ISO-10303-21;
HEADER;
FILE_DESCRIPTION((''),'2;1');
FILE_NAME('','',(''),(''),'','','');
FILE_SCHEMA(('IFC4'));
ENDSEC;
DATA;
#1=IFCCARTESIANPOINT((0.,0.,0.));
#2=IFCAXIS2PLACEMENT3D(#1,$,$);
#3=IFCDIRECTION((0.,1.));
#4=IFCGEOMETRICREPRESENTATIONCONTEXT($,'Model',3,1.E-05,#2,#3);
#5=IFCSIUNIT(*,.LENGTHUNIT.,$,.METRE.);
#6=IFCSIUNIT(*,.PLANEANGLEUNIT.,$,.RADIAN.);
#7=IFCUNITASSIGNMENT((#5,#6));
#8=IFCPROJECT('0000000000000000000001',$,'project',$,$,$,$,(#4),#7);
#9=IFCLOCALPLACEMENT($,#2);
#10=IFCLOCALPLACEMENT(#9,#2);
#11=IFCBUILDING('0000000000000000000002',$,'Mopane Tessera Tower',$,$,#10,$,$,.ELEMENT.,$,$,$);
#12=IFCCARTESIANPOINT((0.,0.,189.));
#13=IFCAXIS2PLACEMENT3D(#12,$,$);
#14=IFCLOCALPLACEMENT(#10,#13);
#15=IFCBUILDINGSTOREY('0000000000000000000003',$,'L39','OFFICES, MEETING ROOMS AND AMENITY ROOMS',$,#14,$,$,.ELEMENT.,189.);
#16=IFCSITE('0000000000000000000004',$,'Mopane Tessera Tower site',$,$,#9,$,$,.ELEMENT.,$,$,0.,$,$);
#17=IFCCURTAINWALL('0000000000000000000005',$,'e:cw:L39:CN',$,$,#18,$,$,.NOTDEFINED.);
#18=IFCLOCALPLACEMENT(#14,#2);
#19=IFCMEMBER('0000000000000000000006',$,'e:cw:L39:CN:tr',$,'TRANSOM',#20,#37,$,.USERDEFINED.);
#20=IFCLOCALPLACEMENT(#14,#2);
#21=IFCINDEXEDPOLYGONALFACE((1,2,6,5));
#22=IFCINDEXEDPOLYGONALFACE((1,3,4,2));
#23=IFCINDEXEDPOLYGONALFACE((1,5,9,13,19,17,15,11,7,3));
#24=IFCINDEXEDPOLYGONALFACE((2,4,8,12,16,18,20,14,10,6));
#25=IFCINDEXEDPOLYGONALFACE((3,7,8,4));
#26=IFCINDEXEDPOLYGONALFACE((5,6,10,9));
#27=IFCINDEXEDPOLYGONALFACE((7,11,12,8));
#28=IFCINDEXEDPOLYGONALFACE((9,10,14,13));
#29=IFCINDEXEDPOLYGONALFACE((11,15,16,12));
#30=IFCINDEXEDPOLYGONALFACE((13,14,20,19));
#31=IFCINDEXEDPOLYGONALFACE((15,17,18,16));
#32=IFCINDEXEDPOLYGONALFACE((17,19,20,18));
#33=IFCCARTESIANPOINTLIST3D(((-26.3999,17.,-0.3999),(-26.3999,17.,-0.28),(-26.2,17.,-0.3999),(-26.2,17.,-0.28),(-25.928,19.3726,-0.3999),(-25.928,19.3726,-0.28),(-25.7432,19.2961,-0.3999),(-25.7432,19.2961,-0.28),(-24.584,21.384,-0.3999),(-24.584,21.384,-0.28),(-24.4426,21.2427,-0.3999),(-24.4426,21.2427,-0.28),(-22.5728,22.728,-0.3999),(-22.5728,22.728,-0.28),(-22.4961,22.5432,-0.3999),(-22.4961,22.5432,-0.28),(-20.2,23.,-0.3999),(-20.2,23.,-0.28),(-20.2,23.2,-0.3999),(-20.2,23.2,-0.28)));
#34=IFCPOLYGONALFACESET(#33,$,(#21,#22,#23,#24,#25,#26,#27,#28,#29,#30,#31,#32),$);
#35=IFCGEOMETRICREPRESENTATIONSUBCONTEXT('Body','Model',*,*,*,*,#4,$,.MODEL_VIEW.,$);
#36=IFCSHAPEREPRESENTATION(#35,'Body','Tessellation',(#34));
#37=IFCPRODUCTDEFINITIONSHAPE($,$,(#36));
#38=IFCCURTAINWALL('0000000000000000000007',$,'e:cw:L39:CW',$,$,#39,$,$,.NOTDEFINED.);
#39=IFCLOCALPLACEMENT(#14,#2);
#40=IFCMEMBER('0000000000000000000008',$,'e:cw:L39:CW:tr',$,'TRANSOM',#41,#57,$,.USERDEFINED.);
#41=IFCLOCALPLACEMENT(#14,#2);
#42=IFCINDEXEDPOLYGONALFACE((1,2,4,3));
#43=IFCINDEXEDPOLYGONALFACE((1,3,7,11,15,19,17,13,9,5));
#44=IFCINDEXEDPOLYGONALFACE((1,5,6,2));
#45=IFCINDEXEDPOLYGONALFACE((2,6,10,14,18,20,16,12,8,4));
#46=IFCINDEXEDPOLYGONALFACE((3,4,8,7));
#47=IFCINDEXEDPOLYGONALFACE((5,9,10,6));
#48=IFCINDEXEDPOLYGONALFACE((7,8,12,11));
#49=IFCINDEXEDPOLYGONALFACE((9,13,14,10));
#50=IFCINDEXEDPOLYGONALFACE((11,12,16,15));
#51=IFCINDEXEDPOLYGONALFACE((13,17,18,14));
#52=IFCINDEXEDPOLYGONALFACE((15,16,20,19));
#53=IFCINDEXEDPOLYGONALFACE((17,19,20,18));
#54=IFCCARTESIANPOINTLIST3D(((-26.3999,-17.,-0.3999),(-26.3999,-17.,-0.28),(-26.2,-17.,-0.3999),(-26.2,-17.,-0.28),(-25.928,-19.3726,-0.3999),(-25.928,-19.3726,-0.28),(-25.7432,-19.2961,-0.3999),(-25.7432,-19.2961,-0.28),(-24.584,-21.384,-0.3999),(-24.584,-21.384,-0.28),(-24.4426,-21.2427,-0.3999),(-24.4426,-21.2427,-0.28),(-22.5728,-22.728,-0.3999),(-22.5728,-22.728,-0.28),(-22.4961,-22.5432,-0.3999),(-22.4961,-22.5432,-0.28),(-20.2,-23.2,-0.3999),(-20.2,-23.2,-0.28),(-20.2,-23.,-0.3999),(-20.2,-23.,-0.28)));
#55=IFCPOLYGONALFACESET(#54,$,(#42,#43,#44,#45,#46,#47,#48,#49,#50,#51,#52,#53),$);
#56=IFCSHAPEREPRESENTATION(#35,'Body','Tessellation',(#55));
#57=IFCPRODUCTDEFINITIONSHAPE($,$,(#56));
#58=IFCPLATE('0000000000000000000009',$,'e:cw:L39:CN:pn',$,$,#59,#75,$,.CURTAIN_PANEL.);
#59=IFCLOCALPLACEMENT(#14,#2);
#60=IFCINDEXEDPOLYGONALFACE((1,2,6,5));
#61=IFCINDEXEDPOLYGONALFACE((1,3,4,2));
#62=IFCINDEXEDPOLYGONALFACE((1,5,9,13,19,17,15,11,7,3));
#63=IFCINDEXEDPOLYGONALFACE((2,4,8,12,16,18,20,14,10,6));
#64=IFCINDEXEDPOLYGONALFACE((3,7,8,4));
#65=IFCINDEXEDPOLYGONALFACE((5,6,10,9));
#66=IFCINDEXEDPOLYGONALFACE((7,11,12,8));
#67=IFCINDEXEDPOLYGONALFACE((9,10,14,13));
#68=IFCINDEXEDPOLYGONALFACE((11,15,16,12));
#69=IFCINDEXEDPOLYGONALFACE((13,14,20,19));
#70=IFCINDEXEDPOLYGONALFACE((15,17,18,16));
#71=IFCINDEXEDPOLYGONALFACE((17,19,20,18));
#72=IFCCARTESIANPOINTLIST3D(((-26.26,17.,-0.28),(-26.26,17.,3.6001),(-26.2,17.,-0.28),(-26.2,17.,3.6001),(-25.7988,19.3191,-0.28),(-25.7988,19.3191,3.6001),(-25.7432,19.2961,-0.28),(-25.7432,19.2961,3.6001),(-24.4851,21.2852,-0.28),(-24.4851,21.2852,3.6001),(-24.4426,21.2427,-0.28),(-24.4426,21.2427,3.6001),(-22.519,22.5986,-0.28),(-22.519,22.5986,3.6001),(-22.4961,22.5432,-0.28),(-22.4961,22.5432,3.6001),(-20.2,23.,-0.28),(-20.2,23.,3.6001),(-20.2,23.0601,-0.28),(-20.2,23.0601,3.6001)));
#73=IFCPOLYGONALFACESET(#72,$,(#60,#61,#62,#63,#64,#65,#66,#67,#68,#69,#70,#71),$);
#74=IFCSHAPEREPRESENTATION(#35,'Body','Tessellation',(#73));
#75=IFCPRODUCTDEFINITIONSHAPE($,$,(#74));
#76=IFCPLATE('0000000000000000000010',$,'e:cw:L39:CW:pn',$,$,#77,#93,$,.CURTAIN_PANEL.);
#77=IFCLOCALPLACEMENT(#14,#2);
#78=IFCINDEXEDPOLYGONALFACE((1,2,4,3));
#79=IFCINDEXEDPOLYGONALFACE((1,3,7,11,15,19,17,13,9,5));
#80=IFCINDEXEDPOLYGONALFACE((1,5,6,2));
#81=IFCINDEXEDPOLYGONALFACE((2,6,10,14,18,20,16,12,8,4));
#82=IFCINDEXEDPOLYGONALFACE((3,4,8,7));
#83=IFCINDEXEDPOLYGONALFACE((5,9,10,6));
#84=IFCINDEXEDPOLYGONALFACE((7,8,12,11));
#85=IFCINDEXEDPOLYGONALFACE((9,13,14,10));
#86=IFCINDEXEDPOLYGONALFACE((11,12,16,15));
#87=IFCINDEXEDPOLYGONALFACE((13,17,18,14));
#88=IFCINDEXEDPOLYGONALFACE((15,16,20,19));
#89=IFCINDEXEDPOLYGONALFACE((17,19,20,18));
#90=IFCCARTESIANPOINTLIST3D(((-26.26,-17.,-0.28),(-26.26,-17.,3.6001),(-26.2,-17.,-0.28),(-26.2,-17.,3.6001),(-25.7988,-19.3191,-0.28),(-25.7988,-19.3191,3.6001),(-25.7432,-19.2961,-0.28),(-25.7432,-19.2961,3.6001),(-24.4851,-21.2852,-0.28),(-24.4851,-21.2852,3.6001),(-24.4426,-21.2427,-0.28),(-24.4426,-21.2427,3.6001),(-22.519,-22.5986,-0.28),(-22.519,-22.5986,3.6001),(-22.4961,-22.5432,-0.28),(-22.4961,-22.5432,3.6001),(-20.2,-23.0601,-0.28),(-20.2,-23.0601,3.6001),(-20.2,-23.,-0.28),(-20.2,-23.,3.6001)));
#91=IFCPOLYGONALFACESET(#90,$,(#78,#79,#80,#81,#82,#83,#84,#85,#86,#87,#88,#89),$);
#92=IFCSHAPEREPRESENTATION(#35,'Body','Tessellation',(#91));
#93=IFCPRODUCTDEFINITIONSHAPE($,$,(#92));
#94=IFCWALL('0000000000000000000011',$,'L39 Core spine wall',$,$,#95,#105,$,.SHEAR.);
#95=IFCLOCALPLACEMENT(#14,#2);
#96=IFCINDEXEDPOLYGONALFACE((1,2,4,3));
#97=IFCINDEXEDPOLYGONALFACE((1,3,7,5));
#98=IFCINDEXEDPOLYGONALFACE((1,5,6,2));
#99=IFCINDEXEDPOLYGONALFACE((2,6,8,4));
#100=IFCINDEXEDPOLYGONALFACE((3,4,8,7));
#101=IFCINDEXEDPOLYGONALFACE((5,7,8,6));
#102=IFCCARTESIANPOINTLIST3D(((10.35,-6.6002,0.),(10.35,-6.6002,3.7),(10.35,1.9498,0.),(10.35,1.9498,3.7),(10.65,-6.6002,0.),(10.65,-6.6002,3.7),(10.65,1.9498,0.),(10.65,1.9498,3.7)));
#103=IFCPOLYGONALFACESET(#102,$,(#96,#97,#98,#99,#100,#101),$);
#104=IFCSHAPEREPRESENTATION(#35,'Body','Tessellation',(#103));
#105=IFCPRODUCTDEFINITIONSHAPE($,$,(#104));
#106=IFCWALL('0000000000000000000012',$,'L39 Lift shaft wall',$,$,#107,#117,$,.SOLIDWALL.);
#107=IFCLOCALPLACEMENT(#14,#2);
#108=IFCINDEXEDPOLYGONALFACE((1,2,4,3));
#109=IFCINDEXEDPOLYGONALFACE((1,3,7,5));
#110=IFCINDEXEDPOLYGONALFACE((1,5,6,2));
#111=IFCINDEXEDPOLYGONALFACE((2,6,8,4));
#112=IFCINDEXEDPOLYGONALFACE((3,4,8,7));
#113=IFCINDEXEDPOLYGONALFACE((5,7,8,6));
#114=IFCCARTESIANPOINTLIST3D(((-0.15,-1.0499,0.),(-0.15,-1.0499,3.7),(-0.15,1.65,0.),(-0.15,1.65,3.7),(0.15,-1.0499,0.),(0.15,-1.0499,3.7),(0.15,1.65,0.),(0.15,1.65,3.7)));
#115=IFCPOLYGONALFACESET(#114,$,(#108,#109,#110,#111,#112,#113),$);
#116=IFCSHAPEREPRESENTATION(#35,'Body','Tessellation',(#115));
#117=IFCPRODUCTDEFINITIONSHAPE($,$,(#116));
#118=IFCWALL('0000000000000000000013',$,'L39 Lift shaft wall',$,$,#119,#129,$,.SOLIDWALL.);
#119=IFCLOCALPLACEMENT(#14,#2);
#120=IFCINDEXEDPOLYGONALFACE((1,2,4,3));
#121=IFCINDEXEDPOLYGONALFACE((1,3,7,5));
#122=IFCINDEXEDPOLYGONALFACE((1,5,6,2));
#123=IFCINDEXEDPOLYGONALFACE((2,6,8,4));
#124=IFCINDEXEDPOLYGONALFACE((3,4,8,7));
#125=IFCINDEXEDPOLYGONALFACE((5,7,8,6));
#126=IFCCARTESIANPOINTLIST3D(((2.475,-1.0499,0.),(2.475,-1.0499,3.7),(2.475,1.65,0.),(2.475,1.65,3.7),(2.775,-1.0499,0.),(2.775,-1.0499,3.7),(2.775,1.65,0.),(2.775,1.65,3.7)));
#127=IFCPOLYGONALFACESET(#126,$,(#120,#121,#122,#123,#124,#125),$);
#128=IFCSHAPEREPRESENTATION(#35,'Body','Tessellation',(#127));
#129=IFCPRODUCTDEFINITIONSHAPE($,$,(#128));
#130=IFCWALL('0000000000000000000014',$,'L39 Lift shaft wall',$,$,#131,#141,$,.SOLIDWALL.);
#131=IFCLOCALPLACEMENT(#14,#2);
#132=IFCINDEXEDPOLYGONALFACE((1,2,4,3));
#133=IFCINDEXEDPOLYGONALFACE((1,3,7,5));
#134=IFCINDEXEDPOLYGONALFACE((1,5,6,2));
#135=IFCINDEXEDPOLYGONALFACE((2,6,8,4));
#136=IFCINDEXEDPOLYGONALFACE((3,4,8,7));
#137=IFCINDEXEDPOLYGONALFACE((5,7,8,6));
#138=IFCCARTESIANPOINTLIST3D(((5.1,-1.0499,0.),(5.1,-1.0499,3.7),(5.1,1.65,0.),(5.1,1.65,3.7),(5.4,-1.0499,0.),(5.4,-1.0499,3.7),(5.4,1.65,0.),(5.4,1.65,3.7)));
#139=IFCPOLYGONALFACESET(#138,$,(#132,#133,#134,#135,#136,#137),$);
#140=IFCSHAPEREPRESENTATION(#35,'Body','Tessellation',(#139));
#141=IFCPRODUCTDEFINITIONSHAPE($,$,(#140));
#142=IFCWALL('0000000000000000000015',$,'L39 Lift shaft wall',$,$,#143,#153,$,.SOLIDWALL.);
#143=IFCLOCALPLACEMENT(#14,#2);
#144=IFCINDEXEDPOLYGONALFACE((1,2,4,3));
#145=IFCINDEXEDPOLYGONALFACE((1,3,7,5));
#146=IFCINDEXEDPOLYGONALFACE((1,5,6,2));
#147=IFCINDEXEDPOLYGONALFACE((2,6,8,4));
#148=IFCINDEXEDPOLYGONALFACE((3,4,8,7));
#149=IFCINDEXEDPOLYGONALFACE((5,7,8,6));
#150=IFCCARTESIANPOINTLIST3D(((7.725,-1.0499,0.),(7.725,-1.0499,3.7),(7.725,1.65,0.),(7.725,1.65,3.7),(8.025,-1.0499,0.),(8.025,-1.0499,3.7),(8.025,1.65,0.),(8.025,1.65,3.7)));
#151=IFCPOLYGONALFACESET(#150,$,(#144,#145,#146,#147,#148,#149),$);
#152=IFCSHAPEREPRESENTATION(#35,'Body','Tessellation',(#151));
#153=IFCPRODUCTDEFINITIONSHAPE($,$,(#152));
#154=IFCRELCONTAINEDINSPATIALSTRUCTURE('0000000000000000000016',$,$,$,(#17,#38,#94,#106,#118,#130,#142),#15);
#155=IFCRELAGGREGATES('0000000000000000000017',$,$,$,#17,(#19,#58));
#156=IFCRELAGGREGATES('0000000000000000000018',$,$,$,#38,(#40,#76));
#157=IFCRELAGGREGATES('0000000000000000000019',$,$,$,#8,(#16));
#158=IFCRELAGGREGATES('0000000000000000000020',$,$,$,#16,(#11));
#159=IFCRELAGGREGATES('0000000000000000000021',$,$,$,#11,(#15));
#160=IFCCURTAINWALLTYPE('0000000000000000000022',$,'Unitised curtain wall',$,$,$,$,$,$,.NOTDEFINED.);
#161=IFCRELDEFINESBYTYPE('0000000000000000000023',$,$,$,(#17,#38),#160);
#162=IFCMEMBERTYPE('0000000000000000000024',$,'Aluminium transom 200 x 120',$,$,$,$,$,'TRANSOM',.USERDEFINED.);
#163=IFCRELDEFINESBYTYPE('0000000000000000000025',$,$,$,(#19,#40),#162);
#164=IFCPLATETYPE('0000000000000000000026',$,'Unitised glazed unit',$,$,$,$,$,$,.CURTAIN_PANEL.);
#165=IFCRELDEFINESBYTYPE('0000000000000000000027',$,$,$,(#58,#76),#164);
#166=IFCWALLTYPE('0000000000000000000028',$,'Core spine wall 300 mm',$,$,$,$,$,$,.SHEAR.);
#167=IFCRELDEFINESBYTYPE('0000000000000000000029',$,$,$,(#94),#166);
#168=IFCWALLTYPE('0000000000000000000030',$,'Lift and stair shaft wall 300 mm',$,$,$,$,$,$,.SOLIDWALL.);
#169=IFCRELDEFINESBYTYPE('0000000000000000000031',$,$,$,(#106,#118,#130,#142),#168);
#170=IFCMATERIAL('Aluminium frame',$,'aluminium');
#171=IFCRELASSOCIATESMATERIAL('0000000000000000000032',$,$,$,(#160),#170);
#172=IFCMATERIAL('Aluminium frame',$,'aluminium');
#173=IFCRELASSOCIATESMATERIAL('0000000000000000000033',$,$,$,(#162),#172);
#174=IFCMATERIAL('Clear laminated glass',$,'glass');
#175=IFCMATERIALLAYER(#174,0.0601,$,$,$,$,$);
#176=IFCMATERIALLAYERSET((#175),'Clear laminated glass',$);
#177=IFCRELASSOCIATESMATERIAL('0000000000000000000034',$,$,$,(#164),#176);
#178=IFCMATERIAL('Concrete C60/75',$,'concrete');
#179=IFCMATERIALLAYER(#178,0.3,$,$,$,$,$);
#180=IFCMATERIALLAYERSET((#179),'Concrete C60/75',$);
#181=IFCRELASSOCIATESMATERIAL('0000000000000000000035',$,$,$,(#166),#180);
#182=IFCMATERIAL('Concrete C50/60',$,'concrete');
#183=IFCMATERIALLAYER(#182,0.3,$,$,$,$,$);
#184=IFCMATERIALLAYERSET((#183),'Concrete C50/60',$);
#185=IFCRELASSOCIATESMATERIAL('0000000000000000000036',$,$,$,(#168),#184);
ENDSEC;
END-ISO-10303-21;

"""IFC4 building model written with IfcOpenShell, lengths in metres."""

from ifc_helpers import new_model, si_unit, direction, frame, frame_2d, origin, origin_2d, place, context, subcontext, project, spatial, polyline, rectangle, outline, extrude, material, layer, layer_set, material_profile, profile_set, type_object, element, aggregate, save


model = new_model("IFC4")

# Units and contexts
model_context = context("Model", 3, precision=1e-05, world=origin(), true_north=direction((0.0, 1.0)))
body_context = subcontext(model_context, "Body", "Model", "MODEL_VIEW")
ifc_project = project(units=[si_unit("LENGTHUNIT", "METRE"), si_unit("PLANEANGLEUNIT", "RADIAN")], contexts=[model_context])

# Site, building, storey
site_placement = place(None, origin())
site = spatial("IfcSite", under=ifc_project, at=site_placement, Name="Mopane Tessera Tower site", CompositionType="ELEMENT", RefElevation=0.0)
building_placement = place(site_placement, origin())
building = spatial("IfcBuilding", under=site, at=building_placement, Name="Mopane Tessera Tower", CompositionType="ELEMENT")
storey_placement = place(building_placement, frame((0.0, 0.0, 189.0)))
storey = spatial("IfcBuildingStorey", under=building, at=storey_placement, Name="L39", Description="OFFICES, MEETING ROOMS AND AMENITY ROOMS", CompositionType="ELEMENT", Elevation=189.0)

# Curtain walls, members
ifc_material_1 = material(Name="Aluminium frame", Category="aluminium")
curtain_wall_type = type_object("IfcCurtainWallType", Name="Unitised curtain wall", PredefinedType="NOTDEFINED", material=ifc_material_1)
curtain_wall_1_placement = place(storey_placement, origin())
curtain_wall_1 = element("IfcCurtainWall", 1, at=curtain_wall_1_placement, inside=storey, type_object=curtain_wall_type, Name="e:cw:L39:CN", PredefinedType="NOTDEFINED")
ifc_material_2 = material(Name="Aluminium frame", Category="aluminium")
ifc_material_profile = material_profile(ifc_material_2, rectangle(XDim=0.2, YDim=0.1201, at=origin_2d()))
ifc_profile_set = profile_set([ifc_material_profile], Name="Aluminium frame")
member_type = type_object("IfcMemberType", Name="Aluminium transom 200 x 120", ElementType="TRANSOM", PredefinedType="USERDEFINED", material=ifc_profile_set)
member_1_placement = place(storey_placement, frame((0.0, 0.0, -0.3999)))
member_1 = element("IfcMember", 2, at=member_1_placement, type_object=member_type, Name="e:cw:L39:CN:tr", ObjectType="TRANSOM", PredefinedType="USERDEFINED", context=body_context, shape_type="SweptSolid", body=[
    extrude(outline(polyline([(-20.2, 23.0), (-22.4961, 22.5432), (-24.4426, 21.2427), (-25.7432, 19.2961), (-26.2, 17.0), (-26.3999, 17.0), (-25.928, 19.3726), (-24.584, 21.384), (-22.5728, 22.728), (-20.2, 23.2), (-20.2, 23.0)])), origin(), (0.0, 0.0, 1.0), 0.1199),
])
curtain_wall_2_placement = place(storey_placement, origin())
curtain_wall_2 = element("IfcCurtainWall", 3, at=curtain_wall_2_placement, inside=storey, type_object=curtain_wall_type, Name="e:cw:L39:CW", PredefinedType="NOTDEFINED")
member_2_placement = place(storey_placement, frame((0.0, 0.0, -0.3999)))
member_2 = element("IfcMember", 4, at=member_2_placement, type_object=member_type, Name="e:cw:L39:CW:tr", ObjectType="TRANSOM", PredefinedType="USERDEFINED", context=body_context, shape_type="SweptSolid", body=[
    extrude(outline(polyline([(-26.2, -17.0), (-25.7432, -19.2961), (-24.4426, -21.2427), (-22.4961, -22.5432), (-20.2, -23.0), (-20.2, -23.2), (-22.5728, -22.728), (-24.584, -21.384), (-25.928, -19.3726), (-26.3999, -17.0), (-26.2, -17.0)])), origin(), (0.0, 0.0, 1.0), 0.1199),
])

# Plates
ifc_material_3 = material(Name="Clear laminated glass", Category="glass")
ifc_layer_1 = layer(ifc_material_3, 0.0601)
ifc_layer_set_1 = layer_set([ifc_layer_1], Name="Clear laminated glass")
plate_type = type_object("IfcPlateType", Name="Unitised glazed unit", PredefinedType="CURTAIN_PANEL", material=ifc_layer_set_1)
plate_1_placement = place(storey_placement, frame((0.0, 0.0, -0.28)))
plate_1 = element("IfcPlate", 5, at=plate_1_placement, type_object=plate_type, Name="e:cw:L39:CN:pn", PredefinedType="CURTAIN_PANEL", context=body_context, shape_type="SweptSolid", body=[
    extrude(outline(polyline([(-20.2, 23.0), (-22.4961, 22.5432), (-24.4426, 21.2427), (-25.7432, 19.2961), (-26.2, 17.0), (-26.26, 17.0), (-25.7988, 19.3191), (-24.4851, 21.2852), (-22.519, 22.5986), (-20.2, 23.0601), (-20.2, 23.0)])), origin(), (0.0, 0.0, 1.0), 3.8801),
])
aggregate(curtain_wall_1, [member_1, plate_1])
plate_2_placement = place(storey_placement, frame((0.0, 0.0, -0.28)))
plate_2 = element("IfcPlate", 6, at=plate_2_placement, type_object=plate_type, Name="e:cw:L39:CW:pn", PredefinedType="CURTAIN_PANEL", context=body_context, shape_type="SweptSolid", body=[
    extrude(outline(polyline([(-26.2, -17.0), (-25.7432, -19.2961), (-24.4426, -21.2427), (-22.4961, -22.5432), (-20.2, -23.0), (-20.2, -23.0601), (-22.519, -22.5986), (-24.4851, -21.2852), (-25.7988, -19.3191), (-26.26, -17.0), (-26.2, -17.0)])), origin(), (0.0, 0.0, 1.0), 3.8801),
])
aggregate(curtain_wall_2, [member_2, plate_2])

# Walls
ifc_material_4 = material(Name="Concrete C60/75", Category="concrete")
ifc_layer_2 = layer(ifc_material_4, 0.3)
ifc_layer_set_2 = layer_set([ifc_layer_2], Name="Concrete C60/75")
wall_type_1 = type_object("IfcWallType", Name="Core spine wall 300 mm", PredefinedType="SHEAR", material=ifc_layer_set_2)
wall_1_placement = place(storey_placement, frame((10.5, -6.6001, 0.0), z_axis=(0.0, 0.0, 1.0), x_axis=(0.0, 1.0, 0.0)))
element("IfcWall", 7, at=wall_1_placement, inside=storey, type_object=wall_type_1, Name="L39 Core spine wall", PredefinedType="SHEAR", context=body_context, shape_type="SweptSolid", body=[
    extrude(rectangle(XDim=8.55, YDim=0.3, at=frame_2d((4.2749, 0.0))), origin(), (0.0, 0.0, 1.0), 3.7),
])
ifc_material_5 = material(Name="Concrete C50/60", Category="concrete")
ifc_layer_3 = layer(ifc_material_5, 0.3)
ifc_layer_set_3 = layer_set([ifc_layer_3], Name="Concrete C50/60")
wall_type_2 = type_object("IfcWallType", Name="Lift and stair shaft wall 300 mm", PredefinedType="SOLIDWALL", material=ifc_layer_set_3)
for number, where, z_axis, x_axis, name in (
    (8, (0.0, -1.05, 0.0), (0.0, 0.0, 1.0), (0.0, 1.0, 0.0), "L39 Lift shaft wall"),
    (9, (2.625, -1.05, 0.0), (0.0, 0.0, 1.0), (0.0, 1.0, 0.0), "L39 Lift shaft wall"),
    (10, (5.25, -1.05, 0.0), (0.0, 0.0, 1.0), (0.0, 1.0, 0.0), "L39 Lift shaft wall"),
    (11, (7.875, -1.05, 0.0), (0.0, 0.0, 1.0), (0.0, 1.0, 0.0), "L39 Lift shaft wall"),
):
    element("IfcWall", number, at=place(storey_placement, frame(where, z_axis=z_axis, x_axis=x_axis)), inside=storey, type_object=wall_type_2, Name=name, PredefinedType="SOLIDWALL", context=body_context, shape_type="SweptSolid", body=[
        extrude(rectangle(XDim=2.7, YDim=0.3, at=frame_2d((1.3501, 0.0))), origin(), (0.0, 0.0, 1.0), 3.7),
    ])

save(model, "model.ifc")
